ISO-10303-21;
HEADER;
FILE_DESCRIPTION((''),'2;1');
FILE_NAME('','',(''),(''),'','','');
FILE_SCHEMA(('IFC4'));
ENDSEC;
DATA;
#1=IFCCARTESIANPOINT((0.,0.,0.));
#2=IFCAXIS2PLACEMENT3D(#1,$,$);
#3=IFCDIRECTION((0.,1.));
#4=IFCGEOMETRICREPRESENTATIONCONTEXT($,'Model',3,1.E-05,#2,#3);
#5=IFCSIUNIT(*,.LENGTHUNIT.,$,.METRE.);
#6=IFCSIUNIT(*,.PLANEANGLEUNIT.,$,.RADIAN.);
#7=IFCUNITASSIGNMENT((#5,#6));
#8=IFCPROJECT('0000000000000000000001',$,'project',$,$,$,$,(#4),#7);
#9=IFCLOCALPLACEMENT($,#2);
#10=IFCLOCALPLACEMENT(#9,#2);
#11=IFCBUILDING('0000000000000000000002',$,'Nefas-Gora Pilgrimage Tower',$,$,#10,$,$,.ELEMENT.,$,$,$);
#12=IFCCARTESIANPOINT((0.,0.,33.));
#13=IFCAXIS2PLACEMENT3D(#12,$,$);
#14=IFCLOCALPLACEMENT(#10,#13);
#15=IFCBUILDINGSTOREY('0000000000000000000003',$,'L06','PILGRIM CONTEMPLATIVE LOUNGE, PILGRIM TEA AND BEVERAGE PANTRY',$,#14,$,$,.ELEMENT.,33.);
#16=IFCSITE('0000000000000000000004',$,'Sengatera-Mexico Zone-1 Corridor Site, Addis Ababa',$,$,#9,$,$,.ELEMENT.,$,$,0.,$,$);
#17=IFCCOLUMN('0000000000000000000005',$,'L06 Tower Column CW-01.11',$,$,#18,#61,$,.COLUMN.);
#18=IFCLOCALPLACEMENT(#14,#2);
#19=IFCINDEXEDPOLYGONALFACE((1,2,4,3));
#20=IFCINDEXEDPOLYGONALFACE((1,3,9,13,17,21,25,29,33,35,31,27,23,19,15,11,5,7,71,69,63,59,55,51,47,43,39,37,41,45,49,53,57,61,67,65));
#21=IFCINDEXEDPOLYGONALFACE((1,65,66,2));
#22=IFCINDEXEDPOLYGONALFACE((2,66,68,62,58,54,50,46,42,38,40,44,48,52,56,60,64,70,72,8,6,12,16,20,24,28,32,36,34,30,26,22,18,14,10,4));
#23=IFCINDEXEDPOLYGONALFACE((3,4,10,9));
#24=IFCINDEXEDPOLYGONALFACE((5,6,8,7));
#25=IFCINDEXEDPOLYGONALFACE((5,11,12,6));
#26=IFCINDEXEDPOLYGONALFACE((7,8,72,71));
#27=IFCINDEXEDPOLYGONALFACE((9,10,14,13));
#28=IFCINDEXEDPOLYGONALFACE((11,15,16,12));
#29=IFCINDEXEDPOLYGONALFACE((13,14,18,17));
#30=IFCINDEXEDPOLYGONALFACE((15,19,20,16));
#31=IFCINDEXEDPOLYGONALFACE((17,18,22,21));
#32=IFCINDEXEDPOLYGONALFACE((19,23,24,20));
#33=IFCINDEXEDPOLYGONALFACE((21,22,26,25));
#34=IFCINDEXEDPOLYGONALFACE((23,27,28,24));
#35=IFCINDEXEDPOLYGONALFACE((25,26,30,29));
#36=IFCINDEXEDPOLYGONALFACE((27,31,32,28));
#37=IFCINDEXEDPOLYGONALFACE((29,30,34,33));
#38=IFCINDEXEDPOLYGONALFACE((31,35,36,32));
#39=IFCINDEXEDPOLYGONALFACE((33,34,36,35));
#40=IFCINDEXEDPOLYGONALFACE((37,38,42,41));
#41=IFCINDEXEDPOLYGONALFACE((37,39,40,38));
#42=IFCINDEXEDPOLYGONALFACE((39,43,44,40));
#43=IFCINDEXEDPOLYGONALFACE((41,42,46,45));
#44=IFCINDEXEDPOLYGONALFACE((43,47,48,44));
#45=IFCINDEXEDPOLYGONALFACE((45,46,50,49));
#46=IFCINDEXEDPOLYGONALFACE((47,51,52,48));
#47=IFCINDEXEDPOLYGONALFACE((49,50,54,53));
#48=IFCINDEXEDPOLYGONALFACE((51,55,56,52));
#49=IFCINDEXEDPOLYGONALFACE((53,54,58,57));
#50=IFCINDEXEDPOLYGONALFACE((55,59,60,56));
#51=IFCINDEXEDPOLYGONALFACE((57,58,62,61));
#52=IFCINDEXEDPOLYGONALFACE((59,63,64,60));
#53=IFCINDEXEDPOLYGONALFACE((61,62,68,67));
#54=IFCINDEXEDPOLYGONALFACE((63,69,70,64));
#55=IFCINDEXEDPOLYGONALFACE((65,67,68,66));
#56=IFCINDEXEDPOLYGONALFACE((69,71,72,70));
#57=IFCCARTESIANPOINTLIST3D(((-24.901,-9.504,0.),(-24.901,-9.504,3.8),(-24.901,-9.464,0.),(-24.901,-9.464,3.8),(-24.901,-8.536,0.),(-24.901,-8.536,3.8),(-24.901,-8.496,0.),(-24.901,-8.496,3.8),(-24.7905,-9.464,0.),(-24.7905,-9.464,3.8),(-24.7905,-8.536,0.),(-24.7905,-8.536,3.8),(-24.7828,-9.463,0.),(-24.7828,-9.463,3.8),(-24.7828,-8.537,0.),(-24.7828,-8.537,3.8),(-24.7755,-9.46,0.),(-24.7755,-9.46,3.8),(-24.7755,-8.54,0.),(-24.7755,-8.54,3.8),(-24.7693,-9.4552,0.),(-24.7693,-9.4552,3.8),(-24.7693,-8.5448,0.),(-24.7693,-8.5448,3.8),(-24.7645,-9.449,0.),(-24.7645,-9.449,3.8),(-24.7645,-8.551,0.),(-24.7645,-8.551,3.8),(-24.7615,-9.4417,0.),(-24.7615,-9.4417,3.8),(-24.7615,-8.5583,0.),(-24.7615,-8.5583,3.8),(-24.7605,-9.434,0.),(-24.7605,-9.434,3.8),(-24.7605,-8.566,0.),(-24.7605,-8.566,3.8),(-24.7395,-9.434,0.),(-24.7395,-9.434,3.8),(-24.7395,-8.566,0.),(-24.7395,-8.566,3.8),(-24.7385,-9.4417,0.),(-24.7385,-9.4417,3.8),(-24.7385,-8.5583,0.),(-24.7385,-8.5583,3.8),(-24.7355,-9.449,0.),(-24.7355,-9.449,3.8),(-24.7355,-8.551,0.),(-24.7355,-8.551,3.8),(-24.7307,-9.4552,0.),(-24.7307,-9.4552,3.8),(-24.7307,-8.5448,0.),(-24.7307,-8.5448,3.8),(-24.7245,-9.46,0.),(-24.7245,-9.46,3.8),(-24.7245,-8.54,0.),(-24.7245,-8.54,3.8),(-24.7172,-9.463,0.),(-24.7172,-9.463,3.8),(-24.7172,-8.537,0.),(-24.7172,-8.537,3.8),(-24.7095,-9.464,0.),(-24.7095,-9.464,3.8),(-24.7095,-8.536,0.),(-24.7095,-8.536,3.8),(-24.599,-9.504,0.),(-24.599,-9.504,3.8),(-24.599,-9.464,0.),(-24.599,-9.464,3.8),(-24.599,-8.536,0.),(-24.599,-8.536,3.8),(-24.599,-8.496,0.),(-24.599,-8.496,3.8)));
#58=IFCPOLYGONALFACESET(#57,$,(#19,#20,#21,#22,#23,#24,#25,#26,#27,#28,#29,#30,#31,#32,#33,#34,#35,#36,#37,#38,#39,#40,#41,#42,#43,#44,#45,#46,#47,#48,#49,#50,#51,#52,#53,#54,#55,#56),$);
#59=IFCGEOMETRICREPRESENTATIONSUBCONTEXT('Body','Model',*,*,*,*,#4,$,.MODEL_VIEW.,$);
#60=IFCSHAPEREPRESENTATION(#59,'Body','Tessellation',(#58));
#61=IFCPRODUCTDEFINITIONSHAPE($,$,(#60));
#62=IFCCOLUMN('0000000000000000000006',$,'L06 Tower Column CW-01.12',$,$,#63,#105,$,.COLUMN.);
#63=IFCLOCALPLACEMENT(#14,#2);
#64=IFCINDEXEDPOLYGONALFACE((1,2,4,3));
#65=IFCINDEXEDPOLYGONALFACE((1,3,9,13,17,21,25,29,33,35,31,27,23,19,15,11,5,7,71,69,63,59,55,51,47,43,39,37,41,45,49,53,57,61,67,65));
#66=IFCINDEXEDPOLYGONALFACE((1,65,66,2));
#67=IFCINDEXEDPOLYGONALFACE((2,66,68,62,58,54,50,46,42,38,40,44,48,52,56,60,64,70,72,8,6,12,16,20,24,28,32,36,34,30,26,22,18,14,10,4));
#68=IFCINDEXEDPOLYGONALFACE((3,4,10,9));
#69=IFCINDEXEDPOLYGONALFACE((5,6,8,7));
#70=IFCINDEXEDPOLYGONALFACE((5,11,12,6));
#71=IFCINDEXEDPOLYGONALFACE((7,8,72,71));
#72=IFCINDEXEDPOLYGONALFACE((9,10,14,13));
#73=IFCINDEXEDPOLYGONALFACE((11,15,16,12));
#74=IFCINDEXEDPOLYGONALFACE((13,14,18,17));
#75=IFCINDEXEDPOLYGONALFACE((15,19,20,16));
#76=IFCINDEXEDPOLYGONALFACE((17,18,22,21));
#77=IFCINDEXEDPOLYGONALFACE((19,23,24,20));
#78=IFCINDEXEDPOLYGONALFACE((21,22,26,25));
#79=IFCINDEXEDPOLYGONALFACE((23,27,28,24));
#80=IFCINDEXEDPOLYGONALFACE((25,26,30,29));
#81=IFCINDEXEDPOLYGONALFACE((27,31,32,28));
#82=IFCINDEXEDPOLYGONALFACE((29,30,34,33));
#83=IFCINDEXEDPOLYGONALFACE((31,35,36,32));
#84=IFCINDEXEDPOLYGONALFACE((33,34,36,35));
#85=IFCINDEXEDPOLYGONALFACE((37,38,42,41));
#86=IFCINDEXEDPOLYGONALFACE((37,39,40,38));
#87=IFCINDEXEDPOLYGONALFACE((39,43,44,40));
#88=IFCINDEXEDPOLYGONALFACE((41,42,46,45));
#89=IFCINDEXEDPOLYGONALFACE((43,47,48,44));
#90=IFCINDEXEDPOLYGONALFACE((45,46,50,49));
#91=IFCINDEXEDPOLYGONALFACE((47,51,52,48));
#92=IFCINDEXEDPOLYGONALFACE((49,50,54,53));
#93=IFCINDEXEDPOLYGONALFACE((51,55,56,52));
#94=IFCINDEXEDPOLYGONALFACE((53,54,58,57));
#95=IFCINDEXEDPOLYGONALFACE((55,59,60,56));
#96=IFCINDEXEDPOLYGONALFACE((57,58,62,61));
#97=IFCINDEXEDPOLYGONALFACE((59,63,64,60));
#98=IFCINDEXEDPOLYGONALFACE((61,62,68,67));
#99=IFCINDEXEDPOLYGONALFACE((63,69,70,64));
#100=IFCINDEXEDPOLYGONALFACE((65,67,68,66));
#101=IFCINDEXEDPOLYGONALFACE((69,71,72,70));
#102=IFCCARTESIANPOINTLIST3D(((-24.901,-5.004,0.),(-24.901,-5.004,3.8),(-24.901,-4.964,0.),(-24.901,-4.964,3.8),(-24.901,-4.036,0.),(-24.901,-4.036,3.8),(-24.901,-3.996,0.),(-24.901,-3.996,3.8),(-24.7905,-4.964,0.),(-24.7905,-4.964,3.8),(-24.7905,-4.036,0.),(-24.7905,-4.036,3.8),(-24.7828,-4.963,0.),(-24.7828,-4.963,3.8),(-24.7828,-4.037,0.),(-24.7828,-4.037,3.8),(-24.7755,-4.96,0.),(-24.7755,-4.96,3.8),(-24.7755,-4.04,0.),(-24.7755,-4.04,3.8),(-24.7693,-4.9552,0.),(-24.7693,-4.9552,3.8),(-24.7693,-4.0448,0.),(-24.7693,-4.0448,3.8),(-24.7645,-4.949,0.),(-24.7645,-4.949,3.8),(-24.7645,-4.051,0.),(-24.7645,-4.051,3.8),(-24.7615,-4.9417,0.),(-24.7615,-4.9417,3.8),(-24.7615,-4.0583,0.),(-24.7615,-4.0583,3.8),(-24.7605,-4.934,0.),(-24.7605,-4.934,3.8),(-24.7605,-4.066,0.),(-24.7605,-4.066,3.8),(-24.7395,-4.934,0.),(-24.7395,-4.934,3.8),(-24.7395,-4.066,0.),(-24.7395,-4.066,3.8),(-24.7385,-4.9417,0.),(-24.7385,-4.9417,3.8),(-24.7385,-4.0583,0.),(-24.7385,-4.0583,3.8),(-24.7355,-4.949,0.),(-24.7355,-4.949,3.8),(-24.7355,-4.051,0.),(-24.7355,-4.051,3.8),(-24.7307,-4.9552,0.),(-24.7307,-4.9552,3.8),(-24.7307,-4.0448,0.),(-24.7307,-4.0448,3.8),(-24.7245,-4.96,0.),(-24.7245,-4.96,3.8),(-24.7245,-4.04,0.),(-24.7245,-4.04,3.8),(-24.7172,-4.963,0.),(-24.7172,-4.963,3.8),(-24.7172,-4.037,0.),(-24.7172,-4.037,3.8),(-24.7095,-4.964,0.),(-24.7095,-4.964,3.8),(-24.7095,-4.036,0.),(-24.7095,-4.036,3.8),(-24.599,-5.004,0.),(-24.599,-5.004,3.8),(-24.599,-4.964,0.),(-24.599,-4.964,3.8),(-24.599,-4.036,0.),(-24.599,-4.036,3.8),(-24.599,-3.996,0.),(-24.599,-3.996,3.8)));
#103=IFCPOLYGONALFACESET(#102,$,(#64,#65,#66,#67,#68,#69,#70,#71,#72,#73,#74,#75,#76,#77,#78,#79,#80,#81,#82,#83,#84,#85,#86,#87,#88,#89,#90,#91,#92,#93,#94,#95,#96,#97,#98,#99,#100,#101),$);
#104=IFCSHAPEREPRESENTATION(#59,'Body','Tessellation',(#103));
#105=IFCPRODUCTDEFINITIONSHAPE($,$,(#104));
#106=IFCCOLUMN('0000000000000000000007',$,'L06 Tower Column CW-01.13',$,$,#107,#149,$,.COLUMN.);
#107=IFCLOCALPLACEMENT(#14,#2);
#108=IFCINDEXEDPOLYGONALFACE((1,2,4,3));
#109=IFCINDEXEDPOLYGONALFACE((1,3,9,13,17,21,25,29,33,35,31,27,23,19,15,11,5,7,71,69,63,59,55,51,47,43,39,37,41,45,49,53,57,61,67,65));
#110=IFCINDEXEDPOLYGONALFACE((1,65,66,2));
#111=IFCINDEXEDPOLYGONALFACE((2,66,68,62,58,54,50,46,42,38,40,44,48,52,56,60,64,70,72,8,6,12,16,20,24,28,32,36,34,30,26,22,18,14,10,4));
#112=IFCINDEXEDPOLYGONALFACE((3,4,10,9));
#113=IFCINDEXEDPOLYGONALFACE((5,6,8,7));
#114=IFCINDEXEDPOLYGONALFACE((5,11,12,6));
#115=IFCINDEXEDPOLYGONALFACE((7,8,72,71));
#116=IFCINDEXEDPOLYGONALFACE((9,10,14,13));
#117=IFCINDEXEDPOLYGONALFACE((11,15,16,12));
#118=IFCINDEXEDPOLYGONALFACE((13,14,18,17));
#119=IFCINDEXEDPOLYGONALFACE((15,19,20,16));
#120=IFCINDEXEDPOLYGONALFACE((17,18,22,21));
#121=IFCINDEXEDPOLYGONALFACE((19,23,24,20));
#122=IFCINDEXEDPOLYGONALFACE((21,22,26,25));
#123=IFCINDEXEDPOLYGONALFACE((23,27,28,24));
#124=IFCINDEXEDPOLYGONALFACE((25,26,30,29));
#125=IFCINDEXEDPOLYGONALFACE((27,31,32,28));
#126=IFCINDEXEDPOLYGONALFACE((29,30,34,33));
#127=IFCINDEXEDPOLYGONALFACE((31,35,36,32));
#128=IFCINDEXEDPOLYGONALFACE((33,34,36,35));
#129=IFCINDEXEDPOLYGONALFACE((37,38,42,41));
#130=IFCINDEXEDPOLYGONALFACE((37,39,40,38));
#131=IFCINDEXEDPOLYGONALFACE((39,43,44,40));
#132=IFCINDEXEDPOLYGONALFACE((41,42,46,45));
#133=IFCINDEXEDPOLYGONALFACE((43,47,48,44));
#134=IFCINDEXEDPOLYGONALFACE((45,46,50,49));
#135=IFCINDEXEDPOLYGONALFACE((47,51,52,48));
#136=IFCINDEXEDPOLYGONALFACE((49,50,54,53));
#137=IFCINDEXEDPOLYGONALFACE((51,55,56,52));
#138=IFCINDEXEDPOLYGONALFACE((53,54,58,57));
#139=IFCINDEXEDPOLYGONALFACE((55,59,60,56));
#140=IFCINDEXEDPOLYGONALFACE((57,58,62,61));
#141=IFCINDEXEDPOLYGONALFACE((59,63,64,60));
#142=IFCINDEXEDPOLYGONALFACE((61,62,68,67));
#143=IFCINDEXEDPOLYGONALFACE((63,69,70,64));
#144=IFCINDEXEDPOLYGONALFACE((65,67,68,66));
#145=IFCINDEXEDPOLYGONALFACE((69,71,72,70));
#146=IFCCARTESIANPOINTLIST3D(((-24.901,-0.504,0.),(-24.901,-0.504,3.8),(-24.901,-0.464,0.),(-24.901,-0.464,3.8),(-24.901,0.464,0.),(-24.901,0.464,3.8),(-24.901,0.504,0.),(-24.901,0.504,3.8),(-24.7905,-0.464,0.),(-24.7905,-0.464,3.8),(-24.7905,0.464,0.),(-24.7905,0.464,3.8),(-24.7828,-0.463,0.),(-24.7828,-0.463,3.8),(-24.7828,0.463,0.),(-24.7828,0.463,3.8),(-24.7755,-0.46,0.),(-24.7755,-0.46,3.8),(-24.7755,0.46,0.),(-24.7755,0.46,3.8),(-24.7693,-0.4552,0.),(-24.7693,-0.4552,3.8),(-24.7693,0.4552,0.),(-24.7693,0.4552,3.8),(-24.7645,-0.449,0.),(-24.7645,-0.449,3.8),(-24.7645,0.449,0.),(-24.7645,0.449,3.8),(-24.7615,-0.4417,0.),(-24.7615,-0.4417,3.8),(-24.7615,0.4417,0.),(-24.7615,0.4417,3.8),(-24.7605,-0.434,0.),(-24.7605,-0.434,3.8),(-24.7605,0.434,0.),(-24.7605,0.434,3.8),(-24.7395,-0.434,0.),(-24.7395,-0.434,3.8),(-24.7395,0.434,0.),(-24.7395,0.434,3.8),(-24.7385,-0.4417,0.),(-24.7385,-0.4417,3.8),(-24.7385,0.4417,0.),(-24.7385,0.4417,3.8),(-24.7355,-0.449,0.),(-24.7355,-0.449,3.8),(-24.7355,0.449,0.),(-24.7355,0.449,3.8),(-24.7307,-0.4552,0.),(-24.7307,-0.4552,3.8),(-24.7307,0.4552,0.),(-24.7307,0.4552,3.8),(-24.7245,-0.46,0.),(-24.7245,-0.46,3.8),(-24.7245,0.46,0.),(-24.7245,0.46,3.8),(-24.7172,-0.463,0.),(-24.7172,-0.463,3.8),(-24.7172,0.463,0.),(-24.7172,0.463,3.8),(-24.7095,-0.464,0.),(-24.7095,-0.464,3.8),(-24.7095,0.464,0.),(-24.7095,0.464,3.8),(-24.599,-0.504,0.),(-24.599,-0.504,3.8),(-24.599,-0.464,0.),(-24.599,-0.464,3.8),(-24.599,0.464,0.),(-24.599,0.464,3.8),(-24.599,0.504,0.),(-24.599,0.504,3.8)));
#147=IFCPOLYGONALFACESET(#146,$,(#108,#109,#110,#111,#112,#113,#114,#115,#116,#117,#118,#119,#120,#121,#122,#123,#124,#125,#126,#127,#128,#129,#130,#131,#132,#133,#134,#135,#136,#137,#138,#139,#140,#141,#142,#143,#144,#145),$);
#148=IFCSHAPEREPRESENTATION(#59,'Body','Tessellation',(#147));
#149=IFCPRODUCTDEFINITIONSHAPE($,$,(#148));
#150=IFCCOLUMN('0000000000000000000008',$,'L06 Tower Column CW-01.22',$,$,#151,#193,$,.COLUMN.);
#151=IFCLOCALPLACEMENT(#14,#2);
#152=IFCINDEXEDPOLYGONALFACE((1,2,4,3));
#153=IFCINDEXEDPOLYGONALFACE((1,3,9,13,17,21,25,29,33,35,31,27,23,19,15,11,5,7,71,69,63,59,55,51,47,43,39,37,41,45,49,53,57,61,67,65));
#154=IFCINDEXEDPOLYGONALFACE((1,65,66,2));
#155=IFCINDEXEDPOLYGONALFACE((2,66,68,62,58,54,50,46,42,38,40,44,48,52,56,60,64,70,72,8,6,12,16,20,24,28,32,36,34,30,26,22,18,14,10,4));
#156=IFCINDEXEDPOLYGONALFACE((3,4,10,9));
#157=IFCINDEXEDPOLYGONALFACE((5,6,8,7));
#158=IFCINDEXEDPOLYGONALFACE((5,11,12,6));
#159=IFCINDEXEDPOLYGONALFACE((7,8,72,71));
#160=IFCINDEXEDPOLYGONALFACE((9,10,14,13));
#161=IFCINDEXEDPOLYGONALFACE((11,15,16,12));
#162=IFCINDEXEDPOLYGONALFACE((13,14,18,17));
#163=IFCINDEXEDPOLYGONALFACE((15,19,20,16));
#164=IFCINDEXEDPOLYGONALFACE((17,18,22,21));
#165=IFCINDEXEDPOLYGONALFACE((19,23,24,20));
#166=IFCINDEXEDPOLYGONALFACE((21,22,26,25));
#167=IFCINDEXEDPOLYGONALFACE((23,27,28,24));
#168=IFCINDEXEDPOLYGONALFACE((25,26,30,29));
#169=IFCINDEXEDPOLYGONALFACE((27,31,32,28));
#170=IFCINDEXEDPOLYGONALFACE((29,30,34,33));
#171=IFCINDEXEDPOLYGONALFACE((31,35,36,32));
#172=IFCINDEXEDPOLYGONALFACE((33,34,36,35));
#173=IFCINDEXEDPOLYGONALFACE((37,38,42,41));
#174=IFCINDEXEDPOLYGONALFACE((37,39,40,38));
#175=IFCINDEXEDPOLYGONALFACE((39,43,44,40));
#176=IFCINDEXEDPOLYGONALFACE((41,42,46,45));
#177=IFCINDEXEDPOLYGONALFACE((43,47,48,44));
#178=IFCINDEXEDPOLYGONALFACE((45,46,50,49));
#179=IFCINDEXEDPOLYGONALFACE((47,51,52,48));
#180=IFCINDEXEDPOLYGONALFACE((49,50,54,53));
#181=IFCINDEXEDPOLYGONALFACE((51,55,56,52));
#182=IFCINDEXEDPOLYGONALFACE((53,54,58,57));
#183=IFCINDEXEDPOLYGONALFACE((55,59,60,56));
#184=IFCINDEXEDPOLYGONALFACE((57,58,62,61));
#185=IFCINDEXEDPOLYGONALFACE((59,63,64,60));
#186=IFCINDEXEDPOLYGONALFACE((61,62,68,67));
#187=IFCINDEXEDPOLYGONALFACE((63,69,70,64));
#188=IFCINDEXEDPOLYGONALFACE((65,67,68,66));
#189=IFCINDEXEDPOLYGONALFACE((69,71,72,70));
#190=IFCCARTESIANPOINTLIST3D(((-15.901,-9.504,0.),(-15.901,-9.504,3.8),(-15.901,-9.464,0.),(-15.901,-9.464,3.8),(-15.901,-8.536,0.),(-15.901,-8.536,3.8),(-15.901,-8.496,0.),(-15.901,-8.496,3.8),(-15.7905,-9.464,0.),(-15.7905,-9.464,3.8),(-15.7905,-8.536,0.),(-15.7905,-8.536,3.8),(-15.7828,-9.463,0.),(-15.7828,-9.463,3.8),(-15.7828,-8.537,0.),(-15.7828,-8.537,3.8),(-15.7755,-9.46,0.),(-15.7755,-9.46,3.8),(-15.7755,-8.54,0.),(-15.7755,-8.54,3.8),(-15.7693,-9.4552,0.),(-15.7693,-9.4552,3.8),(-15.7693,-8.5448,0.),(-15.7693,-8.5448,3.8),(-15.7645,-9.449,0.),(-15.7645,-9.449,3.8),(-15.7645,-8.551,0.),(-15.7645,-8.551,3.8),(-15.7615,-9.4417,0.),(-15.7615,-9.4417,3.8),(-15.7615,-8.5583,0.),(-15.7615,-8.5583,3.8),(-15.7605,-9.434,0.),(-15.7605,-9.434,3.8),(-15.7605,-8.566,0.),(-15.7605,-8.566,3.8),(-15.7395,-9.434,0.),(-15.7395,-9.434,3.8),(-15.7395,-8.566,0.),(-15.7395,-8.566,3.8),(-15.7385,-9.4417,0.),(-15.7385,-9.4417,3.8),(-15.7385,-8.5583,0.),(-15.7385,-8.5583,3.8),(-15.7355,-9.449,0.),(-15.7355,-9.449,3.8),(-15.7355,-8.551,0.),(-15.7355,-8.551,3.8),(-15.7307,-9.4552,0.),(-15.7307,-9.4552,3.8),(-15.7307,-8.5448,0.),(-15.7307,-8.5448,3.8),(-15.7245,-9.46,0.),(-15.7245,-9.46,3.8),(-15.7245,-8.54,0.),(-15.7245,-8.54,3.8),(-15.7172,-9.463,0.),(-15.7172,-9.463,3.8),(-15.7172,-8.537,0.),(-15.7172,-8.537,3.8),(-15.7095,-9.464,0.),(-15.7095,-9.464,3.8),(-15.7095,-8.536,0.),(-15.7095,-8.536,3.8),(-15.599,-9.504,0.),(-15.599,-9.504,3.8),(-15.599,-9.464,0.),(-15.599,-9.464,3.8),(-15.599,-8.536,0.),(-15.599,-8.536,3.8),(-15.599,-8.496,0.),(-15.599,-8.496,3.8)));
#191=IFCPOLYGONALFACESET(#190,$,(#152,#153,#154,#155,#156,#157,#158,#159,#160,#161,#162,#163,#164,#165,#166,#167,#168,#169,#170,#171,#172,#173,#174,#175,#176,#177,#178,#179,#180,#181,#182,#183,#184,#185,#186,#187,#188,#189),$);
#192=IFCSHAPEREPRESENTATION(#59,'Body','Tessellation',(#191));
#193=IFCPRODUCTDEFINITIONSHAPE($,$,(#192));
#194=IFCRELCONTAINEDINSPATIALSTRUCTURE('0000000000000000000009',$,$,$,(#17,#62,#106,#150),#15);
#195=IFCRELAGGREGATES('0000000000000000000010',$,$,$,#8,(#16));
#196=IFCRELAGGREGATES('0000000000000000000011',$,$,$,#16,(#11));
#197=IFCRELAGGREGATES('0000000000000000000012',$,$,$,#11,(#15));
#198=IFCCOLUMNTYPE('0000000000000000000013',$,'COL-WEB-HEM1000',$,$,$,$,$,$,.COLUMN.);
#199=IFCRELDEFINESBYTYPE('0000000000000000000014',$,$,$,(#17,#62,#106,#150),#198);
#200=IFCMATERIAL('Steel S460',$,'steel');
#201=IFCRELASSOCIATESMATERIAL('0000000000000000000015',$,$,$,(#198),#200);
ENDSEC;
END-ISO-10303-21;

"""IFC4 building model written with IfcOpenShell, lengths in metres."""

from ifc_helpers import new_model, si_unit, direction, frame, origin, origin_2d, place, context, subcontext, project, spatial, i_section, extrude, source, transform, mapped, material, material_profile, profile_set, type_object, element, save


model = new_model("IFC4")

# Units and contexts
model_context = context("Model", 3, precision=1e-05, world=origin(), true_north=direction((0.0, 1.0)))
body_context = subcontext(model_context, "Body", "Model", "MODEL_VIEW")
ifc_project = project(units=[si_unit("LENGTHUNIT", "METRE"), si_unit("PLANEANGLEUNIT", "RADIAN")], contexts=[model_context])

# Site, building, storey
site_placement = place(None, origin())
site = spatial("IfcSite", under=ifc_project, at=site_placement, Name="Sengatera-Mexico Zone-1 Corridor Site, Addis Ababa", CompositionType="ELEMENT", RefElevation=0.0)
building_placement = place(site_placement, origin())
building = spatial("IfcBuilding", under=site, at=building_placement, Name="Nefas-Gora Pilgrimage Tower", CompositionType="ELEMENT")
storey_placement = place(building_placement, frame((0.0, 0.0, 33.0)))
storey = spatial("IfcBuildingStorey", under=building, at=storey_placement, Name="L06", Description="PILGRIM CONTEMPLATIVE LOUNGE, PILGRIM TEA AND BEVERAGE PANTRY", CompositionType="ELEMENT", Elevation=33.0)

# Columns
ifc_material_1 = material(Name="Steel S460", Category="steel")
ifc_material_profile_1 = material_profile(ifc_material_1, i_section(OverallWidth=0.302, OverallDepth=1.0081, WebThickness=0.021, FlangeThickness=0.04, FilletRadius=0.03, at=origin_2d()), Name="HEM 1000")
ifc_profile_set_1 = profile_set([ifc_material_profile_1], Name="Steel S460")
column_type_1 = type_object("IfcColumnType", Name="COL-WEB-HEM1000", PredefinedType="COLUMN", material=ifc_profile_set_1)
shared_shape_1 = source(origin(), body_context, "Body", "SweptSolid", [
    extrude(i_section(OverallWidth=0.302, OverallDepth=1.0081, WebThickness=0.021, FlangeThickness=0.04, FilletRadius=0.03, at=origin_2d()), origin(), (0.0, 0.0, 1.0), 3.8),
])
for number, where, z_axis, x_axis, name in (
    (1, (-24.75, -9.0, 0.0), (0.0, 0.0, 1.0), (1.0, 0.0, 0.0), "L06 Tower Column CW-01.11"),
    (2, (-24.75, -4.5, 0.0), (0.0, 0.0, 1.0), (1.0, 0.0, 0.0), "L06 Tower Column CW-01.12"),
    (3, (-24.75, 0.0, 0.0), (0.0, 0.0, 1.0), (1.0, 0.0, 0.0), "L06 Tower Column CW-01.13"),
    (4, (-15.75, -9.0, 0.0), (0.0, 0.0, 1.0), (1.0, 0.0, 0.0), "L06 Tower Column CW-01.22"),
):
    element("IfcColumn", number, at=place(storey_placement, frame(where, z_axis=z_axis, x_axis=x_axis)), inside=storey, type_object=column_type_1, Name=name, PredefinedType="COLUMN", context=body_context, shape_type="MappedRepresentation", body=[
        mapped(shared_shape_1, transform((0.0, 0.0, 0.0), x_axis=(1.0, 0.0, 0.0), y_axis=(0.0, 1.0, 0.0), z_axis=(0.0, 0.0, 1.0), scale=1.0)),
    ])

save(model, "model.ifc")
